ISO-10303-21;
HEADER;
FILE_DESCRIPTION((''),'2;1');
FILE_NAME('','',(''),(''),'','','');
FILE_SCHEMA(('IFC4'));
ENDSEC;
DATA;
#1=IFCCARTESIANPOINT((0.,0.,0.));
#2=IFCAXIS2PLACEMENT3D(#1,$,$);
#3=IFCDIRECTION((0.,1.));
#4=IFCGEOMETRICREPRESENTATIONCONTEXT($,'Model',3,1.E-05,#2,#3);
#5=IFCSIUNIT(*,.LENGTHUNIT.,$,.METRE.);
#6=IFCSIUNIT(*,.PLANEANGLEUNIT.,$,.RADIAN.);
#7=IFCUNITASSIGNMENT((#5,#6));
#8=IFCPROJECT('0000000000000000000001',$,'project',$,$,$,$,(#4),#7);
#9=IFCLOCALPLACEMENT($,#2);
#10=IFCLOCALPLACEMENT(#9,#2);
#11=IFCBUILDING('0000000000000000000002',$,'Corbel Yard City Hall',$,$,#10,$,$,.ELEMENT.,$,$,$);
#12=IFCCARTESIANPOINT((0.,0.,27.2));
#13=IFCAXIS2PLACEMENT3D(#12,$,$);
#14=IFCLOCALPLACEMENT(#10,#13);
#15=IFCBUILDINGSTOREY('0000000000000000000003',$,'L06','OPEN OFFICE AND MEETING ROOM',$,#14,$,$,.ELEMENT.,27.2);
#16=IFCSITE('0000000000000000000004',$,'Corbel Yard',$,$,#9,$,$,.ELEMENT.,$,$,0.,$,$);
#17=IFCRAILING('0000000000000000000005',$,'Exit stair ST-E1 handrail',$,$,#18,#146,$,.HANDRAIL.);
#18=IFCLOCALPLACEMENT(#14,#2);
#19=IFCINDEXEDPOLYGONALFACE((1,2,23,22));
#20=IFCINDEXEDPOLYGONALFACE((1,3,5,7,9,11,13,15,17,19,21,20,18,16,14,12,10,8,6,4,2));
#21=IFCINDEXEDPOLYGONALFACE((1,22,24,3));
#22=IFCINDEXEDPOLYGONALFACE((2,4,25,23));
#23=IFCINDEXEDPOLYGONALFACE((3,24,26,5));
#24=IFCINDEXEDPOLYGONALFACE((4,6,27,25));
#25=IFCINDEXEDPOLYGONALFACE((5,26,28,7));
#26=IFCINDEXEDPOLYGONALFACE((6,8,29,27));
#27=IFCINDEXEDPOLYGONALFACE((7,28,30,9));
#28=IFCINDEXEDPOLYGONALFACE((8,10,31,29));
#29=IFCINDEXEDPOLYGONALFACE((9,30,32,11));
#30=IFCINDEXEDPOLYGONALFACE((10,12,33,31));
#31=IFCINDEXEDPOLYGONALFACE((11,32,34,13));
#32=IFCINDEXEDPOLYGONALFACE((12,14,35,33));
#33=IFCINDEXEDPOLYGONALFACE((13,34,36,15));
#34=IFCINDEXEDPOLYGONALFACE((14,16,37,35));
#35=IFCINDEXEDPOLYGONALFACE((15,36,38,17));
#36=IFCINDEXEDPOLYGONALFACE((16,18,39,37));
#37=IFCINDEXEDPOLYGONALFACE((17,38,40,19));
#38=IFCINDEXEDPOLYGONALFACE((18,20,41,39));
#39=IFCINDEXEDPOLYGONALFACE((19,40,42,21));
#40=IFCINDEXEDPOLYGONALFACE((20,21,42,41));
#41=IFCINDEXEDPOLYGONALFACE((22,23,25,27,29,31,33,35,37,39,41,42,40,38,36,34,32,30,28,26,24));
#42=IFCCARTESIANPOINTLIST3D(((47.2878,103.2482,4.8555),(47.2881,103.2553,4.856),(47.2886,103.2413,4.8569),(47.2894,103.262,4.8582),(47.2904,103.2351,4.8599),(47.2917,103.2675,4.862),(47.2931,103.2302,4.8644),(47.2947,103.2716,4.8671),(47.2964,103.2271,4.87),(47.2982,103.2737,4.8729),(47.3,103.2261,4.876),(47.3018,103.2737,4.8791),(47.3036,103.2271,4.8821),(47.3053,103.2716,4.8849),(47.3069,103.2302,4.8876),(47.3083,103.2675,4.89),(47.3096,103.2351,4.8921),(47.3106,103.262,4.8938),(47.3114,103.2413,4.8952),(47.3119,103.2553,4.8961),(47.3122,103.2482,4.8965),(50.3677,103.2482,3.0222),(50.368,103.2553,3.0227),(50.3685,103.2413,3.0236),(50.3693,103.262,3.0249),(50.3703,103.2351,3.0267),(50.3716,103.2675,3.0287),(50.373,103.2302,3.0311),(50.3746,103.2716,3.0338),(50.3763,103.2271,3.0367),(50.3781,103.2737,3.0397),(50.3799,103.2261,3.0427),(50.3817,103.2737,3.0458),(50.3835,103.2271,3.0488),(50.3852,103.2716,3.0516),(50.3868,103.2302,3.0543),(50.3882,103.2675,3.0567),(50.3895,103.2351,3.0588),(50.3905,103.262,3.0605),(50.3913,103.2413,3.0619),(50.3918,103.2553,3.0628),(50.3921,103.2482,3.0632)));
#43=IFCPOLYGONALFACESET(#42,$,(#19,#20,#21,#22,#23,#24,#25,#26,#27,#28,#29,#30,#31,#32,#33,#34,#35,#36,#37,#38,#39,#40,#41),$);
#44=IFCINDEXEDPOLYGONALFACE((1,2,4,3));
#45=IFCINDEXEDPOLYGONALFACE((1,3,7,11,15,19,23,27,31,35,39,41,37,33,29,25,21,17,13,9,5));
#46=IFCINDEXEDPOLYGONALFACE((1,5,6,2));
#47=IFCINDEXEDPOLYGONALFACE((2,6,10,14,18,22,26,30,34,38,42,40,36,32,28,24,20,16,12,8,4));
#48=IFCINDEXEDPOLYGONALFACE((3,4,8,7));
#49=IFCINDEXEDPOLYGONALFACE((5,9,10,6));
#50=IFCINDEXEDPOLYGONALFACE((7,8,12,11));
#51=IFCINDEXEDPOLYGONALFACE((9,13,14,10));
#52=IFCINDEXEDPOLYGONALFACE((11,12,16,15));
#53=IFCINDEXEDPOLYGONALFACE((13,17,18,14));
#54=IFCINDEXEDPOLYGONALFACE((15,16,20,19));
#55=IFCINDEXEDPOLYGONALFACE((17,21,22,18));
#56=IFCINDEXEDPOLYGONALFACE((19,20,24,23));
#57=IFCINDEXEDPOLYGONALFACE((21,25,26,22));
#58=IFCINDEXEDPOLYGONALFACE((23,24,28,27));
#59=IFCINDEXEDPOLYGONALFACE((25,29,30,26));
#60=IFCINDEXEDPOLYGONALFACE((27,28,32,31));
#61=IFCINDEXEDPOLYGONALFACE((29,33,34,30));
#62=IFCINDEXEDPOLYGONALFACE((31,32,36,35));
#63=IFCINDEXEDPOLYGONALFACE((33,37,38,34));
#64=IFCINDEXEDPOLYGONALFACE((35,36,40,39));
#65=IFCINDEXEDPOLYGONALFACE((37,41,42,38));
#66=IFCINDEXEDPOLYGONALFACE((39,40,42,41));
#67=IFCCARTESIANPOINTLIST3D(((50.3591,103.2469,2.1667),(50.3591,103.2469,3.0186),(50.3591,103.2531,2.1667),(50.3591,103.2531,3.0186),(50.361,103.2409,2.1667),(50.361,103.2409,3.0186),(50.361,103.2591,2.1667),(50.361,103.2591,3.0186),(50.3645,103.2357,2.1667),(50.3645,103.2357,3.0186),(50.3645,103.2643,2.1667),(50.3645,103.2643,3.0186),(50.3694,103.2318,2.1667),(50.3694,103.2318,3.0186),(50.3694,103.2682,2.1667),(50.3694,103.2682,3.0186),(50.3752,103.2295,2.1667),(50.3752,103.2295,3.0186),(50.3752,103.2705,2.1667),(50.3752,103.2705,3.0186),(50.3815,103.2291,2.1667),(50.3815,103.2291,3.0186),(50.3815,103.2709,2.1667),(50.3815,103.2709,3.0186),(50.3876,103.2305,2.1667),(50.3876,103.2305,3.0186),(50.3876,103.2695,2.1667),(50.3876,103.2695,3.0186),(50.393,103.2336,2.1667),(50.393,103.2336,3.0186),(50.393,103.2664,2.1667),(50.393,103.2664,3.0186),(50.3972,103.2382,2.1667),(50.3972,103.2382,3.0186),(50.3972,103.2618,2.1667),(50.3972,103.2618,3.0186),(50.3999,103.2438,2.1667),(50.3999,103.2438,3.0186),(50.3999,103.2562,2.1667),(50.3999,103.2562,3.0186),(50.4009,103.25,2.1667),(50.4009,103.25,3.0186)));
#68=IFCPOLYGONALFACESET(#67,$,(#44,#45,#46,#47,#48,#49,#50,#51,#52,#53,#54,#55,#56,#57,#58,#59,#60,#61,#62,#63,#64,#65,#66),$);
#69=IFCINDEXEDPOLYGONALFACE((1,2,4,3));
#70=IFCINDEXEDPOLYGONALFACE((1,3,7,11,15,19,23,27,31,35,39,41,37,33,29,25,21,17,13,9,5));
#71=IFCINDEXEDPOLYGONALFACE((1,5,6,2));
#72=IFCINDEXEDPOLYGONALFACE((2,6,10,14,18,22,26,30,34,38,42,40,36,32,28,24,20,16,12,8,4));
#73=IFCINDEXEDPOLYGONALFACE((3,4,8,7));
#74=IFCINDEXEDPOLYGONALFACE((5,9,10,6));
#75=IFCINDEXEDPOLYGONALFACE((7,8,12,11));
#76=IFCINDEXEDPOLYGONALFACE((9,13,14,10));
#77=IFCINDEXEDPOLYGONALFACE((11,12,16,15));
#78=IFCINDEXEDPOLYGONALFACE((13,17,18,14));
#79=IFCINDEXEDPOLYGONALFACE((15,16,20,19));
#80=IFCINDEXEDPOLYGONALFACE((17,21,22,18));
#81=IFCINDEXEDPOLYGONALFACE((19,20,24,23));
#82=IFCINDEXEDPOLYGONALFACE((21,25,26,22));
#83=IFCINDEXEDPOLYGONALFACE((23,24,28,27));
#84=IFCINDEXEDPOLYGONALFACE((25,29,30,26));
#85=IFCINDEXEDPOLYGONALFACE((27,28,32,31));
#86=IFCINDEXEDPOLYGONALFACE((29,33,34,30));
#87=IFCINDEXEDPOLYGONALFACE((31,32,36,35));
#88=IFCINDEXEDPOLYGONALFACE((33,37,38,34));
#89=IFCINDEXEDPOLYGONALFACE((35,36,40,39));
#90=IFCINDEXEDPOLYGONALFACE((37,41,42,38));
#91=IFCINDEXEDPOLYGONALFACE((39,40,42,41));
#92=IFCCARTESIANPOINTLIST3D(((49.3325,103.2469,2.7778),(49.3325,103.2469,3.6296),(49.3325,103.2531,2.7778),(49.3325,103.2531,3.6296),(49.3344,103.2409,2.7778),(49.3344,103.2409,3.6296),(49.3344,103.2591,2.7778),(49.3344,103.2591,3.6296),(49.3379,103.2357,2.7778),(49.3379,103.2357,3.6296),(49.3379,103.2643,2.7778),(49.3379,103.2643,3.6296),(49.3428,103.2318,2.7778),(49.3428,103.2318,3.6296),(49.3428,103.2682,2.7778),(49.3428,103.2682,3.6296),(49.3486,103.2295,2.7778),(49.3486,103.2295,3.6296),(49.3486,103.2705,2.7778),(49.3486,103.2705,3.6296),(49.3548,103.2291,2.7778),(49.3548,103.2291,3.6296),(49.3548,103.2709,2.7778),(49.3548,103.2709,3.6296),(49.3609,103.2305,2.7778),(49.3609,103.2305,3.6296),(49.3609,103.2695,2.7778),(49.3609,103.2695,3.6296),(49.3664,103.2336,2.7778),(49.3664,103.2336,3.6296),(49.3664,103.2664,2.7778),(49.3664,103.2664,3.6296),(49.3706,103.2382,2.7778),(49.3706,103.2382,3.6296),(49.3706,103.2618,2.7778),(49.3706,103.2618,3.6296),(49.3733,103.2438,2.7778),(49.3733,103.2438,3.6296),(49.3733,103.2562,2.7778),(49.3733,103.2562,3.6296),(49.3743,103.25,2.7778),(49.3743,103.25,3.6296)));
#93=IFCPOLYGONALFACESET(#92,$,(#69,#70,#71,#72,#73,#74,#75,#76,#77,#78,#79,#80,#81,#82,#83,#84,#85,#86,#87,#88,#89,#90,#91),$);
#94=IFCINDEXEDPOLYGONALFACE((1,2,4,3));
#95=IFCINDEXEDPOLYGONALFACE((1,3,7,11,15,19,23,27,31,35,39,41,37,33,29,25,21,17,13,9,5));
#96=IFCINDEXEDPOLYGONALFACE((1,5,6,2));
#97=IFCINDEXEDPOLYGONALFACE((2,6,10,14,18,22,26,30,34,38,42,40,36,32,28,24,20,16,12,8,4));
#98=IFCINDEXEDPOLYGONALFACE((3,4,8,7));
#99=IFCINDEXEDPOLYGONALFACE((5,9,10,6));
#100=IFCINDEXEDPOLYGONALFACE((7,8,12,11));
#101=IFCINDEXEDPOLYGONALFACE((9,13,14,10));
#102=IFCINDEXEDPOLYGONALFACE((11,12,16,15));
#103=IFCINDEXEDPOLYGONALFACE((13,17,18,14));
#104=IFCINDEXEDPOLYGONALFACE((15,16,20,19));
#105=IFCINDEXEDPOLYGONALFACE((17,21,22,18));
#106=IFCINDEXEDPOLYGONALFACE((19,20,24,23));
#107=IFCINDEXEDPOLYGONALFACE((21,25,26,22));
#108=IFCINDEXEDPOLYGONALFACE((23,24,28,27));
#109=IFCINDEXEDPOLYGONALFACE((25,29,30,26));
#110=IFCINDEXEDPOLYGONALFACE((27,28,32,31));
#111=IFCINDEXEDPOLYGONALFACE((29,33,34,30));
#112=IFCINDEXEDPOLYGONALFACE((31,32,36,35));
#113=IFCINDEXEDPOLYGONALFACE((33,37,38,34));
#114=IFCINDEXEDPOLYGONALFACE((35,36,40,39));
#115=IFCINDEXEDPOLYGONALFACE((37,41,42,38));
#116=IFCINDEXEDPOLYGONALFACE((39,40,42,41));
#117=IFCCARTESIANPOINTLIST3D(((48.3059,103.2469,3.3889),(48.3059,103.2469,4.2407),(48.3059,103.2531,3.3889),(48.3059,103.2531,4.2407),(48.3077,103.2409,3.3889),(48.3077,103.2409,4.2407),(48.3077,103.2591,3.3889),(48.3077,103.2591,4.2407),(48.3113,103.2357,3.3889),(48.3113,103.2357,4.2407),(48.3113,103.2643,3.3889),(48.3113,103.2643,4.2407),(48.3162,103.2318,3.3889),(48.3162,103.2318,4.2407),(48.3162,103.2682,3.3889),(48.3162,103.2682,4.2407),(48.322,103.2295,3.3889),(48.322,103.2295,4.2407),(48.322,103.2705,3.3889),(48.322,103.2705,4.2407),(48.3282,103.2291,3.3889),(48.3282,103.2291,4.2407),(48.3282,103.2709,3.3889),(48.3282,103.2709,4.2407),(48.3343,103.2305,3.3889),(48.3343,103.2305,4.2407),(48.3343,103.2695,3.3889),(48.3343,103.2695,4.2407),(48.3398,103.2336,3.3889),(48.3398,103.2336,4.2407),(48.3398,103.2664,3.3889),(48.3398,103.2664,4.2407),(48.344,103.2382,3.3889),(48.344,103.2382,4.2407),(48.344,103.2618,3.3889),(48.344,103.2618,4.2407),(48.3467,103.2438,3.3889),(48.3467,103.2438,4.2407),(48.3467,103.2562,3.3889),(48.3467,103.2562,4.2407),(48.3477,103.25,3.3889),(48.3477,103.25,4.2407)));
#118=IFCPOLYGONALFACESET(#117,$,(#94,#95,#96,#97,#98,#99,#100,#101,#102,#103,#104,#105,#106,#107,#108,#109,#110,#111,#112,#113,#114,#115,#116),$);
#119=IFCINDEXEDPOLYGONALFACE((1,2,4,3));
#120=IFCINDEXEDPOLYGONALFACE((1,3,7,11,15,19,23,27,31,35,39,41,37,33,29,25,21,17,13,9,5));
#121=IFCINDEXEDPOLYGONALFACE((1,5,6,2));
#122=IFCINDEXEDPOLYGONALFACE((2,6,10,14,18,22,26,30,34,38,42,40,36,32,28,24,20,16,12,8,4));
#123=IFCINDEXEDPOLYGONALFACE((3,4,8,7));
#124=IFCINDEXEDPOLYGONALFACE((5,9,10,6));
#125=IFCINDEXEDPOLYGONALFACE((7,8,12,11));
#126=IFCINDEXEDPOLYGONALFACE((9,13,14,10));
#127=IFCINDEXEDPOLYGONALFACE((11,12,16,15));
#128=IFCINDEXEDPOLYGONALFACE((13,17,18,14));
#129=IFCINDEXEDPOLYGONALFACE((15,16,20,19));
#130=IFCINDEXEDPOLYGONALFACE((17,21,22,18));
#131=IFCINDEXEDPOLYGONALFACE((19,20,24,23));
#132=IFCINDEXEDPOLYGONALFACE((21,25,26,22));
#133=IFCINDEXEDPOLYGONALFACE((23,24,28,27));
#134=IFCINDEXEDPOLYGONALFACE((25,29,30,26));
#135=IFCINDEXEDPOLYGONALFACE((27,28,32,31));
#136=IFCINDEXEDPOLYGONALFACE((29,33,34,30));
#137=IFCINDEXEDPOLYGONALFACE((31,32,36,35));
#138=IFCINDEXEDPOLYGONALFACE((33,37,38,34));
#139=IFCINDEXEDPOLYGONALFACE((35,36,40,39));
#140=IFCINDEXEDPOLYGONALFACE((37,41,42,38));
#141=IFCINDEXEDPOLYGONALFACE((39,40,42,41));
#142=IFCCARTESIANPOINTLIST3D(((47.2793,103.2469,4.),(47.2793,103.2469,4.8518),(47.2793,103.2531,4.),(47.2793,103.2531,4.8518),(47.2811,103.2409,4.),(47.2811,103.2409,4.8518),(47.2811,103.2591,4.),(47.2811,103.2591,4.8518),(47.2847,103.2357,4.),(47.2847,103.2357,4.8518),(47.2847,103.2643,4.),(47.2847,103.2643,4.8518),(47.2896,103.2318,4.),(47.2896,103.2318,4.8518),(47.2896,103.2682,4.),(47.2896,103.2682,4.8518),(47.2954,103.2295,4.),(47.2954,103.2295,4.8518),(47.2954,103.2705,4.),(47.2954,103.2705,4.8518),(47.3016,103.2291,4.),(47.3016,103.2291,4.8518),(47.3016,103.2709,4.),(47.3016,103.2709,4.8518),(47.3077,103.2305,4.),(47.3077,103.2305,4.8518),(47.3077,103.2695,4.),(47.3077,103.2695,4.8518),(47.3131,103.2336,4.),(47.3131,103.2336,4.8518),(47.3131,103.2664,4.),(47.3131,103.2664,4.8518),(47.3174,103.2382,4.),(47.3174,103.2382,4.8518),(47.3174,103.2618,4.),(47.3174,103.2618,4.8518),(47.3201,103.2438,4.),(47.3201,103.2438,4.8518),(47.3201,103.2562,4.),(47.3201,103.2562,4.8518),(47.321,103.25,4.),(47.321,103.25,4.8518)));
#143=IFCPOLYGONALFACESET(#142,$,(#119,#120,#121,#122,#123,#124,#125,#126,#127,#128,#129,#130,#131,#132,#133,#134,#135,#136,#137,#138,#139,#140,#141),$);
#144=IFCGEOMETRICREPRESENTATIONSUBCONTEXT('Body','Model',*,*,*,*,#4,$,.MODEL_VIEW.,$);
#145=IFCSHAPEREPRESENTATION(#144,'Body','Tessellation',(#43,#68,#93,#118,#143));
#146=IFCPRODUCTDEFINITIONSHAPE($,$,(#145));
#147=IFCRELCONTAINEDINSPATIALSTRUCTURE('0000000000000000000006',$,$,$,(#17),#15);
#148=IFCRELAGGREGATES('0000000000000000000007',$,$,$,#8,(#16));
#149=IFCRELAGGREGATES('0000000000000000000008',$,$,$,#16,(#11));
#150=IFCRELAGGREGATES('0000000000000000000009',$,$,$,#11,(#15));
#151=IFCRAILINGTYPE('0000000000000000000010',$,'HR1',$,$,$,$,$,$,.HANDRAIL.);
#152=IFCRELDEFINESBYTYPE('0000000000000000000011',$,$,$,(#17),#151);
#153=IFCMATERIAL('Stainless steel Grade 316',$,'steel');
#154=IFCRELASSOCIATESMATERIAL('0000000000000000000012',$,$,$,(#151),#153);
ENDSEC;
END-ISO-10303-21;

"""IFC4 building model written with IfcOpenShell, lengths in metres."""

from ifc_helpers import new_model, si_unit, direction, frame, origin, origin_2d, place, context, subcontext, project, spatial, circle, extrude, material, type_object, element, save


model = new_model("IFC4")

# Units and contexts
model_context = context("Model", 3, precision=1e-05, world=origin(), true_north=direction((0.0, 1.0)))
body_context = subcontext(model_context, "Body", "Model", "MODEL_VIEW")
ifc_project = project(units=[si_unit("LENGTHUNIT", "METRE"), si_unit("PLANEANGLEUNIT", "RADIAN")], contexts=[model_context])

# Site, building, storey
site_placement = place(None, origin())
site = spatial("IfcSite", under=ifc_project, at=site_placement, Name="Corbel Yard", CompositionType="ELEMENT", RefElevation=0.0)
building_placement = place(site_placement, origin())
building = spatial("IfcBuilding", under=site, at=building_placement, Name="Corbel Yard City Hall", CompositionType="ELEMENT")
storey_placement = place(building_placement, frame((0.0, 0.0, 27.2)))
storey = spatial("IfcBuildingStorey", under=building, at=storey_placement, Name="L06", Description="OPEN OFFICE AND MEETING ROOM", CompositionType="ELEMENT", Elevation=27.2)

# Railing
ifc_material_1 = material(Name="Stainless steel Grade 316", Category="steel")
railing_type = type_object("IfcRailingType", Name="HR1", PredefinedType="HANDRAIL", material=ifc_material_1)
for number, where, name in (
    (1, (50.3799, 103.25, 2.1667), "Exit stair ST-E1 handrail"),
):
    element("IfcRailing", number, at=place(storey_placement, frame(where)), inside=storey, type_object=railing_type, Name=name, PredefinedType="HANDRAIL", context=body_context, shape_type="SweptSolid", body=[
        extrude(circle(Radius=0.0239, at=origin_2d()), frame((0.0, 0.0, 0.876), z_axis=(-0.859291, 0.0, 0.511487), x_axis=(0.0, -1.0, 0.0)), (0.0, 0.0, 1.0), 3.5842),
        extrude(circle(Radius=0.021, at=origin_2d()), origin(), (0.0, 0.0, 1.0), 0.8518),
        extrude(circle(Radius=0.021, at=origin_2d()), frame((-1.0266, 0.0, 0.6111)), (0.0, 0.0, 1.0), 0.8518),
        extrude(circle(Radius=0.021, at=origin_2d()), frame((-2.0532, 0.0, 1.2222)), (0.0, 0.0, 1.0), 0.8518),
        extrude(circle(Radius=0.021, at=origin_2d()), frame((-3.0798, 0.0, 1.8333)), (0.0, 0.0, 1.0), 0.8518),
    ])

save(model, "model.ifc")
